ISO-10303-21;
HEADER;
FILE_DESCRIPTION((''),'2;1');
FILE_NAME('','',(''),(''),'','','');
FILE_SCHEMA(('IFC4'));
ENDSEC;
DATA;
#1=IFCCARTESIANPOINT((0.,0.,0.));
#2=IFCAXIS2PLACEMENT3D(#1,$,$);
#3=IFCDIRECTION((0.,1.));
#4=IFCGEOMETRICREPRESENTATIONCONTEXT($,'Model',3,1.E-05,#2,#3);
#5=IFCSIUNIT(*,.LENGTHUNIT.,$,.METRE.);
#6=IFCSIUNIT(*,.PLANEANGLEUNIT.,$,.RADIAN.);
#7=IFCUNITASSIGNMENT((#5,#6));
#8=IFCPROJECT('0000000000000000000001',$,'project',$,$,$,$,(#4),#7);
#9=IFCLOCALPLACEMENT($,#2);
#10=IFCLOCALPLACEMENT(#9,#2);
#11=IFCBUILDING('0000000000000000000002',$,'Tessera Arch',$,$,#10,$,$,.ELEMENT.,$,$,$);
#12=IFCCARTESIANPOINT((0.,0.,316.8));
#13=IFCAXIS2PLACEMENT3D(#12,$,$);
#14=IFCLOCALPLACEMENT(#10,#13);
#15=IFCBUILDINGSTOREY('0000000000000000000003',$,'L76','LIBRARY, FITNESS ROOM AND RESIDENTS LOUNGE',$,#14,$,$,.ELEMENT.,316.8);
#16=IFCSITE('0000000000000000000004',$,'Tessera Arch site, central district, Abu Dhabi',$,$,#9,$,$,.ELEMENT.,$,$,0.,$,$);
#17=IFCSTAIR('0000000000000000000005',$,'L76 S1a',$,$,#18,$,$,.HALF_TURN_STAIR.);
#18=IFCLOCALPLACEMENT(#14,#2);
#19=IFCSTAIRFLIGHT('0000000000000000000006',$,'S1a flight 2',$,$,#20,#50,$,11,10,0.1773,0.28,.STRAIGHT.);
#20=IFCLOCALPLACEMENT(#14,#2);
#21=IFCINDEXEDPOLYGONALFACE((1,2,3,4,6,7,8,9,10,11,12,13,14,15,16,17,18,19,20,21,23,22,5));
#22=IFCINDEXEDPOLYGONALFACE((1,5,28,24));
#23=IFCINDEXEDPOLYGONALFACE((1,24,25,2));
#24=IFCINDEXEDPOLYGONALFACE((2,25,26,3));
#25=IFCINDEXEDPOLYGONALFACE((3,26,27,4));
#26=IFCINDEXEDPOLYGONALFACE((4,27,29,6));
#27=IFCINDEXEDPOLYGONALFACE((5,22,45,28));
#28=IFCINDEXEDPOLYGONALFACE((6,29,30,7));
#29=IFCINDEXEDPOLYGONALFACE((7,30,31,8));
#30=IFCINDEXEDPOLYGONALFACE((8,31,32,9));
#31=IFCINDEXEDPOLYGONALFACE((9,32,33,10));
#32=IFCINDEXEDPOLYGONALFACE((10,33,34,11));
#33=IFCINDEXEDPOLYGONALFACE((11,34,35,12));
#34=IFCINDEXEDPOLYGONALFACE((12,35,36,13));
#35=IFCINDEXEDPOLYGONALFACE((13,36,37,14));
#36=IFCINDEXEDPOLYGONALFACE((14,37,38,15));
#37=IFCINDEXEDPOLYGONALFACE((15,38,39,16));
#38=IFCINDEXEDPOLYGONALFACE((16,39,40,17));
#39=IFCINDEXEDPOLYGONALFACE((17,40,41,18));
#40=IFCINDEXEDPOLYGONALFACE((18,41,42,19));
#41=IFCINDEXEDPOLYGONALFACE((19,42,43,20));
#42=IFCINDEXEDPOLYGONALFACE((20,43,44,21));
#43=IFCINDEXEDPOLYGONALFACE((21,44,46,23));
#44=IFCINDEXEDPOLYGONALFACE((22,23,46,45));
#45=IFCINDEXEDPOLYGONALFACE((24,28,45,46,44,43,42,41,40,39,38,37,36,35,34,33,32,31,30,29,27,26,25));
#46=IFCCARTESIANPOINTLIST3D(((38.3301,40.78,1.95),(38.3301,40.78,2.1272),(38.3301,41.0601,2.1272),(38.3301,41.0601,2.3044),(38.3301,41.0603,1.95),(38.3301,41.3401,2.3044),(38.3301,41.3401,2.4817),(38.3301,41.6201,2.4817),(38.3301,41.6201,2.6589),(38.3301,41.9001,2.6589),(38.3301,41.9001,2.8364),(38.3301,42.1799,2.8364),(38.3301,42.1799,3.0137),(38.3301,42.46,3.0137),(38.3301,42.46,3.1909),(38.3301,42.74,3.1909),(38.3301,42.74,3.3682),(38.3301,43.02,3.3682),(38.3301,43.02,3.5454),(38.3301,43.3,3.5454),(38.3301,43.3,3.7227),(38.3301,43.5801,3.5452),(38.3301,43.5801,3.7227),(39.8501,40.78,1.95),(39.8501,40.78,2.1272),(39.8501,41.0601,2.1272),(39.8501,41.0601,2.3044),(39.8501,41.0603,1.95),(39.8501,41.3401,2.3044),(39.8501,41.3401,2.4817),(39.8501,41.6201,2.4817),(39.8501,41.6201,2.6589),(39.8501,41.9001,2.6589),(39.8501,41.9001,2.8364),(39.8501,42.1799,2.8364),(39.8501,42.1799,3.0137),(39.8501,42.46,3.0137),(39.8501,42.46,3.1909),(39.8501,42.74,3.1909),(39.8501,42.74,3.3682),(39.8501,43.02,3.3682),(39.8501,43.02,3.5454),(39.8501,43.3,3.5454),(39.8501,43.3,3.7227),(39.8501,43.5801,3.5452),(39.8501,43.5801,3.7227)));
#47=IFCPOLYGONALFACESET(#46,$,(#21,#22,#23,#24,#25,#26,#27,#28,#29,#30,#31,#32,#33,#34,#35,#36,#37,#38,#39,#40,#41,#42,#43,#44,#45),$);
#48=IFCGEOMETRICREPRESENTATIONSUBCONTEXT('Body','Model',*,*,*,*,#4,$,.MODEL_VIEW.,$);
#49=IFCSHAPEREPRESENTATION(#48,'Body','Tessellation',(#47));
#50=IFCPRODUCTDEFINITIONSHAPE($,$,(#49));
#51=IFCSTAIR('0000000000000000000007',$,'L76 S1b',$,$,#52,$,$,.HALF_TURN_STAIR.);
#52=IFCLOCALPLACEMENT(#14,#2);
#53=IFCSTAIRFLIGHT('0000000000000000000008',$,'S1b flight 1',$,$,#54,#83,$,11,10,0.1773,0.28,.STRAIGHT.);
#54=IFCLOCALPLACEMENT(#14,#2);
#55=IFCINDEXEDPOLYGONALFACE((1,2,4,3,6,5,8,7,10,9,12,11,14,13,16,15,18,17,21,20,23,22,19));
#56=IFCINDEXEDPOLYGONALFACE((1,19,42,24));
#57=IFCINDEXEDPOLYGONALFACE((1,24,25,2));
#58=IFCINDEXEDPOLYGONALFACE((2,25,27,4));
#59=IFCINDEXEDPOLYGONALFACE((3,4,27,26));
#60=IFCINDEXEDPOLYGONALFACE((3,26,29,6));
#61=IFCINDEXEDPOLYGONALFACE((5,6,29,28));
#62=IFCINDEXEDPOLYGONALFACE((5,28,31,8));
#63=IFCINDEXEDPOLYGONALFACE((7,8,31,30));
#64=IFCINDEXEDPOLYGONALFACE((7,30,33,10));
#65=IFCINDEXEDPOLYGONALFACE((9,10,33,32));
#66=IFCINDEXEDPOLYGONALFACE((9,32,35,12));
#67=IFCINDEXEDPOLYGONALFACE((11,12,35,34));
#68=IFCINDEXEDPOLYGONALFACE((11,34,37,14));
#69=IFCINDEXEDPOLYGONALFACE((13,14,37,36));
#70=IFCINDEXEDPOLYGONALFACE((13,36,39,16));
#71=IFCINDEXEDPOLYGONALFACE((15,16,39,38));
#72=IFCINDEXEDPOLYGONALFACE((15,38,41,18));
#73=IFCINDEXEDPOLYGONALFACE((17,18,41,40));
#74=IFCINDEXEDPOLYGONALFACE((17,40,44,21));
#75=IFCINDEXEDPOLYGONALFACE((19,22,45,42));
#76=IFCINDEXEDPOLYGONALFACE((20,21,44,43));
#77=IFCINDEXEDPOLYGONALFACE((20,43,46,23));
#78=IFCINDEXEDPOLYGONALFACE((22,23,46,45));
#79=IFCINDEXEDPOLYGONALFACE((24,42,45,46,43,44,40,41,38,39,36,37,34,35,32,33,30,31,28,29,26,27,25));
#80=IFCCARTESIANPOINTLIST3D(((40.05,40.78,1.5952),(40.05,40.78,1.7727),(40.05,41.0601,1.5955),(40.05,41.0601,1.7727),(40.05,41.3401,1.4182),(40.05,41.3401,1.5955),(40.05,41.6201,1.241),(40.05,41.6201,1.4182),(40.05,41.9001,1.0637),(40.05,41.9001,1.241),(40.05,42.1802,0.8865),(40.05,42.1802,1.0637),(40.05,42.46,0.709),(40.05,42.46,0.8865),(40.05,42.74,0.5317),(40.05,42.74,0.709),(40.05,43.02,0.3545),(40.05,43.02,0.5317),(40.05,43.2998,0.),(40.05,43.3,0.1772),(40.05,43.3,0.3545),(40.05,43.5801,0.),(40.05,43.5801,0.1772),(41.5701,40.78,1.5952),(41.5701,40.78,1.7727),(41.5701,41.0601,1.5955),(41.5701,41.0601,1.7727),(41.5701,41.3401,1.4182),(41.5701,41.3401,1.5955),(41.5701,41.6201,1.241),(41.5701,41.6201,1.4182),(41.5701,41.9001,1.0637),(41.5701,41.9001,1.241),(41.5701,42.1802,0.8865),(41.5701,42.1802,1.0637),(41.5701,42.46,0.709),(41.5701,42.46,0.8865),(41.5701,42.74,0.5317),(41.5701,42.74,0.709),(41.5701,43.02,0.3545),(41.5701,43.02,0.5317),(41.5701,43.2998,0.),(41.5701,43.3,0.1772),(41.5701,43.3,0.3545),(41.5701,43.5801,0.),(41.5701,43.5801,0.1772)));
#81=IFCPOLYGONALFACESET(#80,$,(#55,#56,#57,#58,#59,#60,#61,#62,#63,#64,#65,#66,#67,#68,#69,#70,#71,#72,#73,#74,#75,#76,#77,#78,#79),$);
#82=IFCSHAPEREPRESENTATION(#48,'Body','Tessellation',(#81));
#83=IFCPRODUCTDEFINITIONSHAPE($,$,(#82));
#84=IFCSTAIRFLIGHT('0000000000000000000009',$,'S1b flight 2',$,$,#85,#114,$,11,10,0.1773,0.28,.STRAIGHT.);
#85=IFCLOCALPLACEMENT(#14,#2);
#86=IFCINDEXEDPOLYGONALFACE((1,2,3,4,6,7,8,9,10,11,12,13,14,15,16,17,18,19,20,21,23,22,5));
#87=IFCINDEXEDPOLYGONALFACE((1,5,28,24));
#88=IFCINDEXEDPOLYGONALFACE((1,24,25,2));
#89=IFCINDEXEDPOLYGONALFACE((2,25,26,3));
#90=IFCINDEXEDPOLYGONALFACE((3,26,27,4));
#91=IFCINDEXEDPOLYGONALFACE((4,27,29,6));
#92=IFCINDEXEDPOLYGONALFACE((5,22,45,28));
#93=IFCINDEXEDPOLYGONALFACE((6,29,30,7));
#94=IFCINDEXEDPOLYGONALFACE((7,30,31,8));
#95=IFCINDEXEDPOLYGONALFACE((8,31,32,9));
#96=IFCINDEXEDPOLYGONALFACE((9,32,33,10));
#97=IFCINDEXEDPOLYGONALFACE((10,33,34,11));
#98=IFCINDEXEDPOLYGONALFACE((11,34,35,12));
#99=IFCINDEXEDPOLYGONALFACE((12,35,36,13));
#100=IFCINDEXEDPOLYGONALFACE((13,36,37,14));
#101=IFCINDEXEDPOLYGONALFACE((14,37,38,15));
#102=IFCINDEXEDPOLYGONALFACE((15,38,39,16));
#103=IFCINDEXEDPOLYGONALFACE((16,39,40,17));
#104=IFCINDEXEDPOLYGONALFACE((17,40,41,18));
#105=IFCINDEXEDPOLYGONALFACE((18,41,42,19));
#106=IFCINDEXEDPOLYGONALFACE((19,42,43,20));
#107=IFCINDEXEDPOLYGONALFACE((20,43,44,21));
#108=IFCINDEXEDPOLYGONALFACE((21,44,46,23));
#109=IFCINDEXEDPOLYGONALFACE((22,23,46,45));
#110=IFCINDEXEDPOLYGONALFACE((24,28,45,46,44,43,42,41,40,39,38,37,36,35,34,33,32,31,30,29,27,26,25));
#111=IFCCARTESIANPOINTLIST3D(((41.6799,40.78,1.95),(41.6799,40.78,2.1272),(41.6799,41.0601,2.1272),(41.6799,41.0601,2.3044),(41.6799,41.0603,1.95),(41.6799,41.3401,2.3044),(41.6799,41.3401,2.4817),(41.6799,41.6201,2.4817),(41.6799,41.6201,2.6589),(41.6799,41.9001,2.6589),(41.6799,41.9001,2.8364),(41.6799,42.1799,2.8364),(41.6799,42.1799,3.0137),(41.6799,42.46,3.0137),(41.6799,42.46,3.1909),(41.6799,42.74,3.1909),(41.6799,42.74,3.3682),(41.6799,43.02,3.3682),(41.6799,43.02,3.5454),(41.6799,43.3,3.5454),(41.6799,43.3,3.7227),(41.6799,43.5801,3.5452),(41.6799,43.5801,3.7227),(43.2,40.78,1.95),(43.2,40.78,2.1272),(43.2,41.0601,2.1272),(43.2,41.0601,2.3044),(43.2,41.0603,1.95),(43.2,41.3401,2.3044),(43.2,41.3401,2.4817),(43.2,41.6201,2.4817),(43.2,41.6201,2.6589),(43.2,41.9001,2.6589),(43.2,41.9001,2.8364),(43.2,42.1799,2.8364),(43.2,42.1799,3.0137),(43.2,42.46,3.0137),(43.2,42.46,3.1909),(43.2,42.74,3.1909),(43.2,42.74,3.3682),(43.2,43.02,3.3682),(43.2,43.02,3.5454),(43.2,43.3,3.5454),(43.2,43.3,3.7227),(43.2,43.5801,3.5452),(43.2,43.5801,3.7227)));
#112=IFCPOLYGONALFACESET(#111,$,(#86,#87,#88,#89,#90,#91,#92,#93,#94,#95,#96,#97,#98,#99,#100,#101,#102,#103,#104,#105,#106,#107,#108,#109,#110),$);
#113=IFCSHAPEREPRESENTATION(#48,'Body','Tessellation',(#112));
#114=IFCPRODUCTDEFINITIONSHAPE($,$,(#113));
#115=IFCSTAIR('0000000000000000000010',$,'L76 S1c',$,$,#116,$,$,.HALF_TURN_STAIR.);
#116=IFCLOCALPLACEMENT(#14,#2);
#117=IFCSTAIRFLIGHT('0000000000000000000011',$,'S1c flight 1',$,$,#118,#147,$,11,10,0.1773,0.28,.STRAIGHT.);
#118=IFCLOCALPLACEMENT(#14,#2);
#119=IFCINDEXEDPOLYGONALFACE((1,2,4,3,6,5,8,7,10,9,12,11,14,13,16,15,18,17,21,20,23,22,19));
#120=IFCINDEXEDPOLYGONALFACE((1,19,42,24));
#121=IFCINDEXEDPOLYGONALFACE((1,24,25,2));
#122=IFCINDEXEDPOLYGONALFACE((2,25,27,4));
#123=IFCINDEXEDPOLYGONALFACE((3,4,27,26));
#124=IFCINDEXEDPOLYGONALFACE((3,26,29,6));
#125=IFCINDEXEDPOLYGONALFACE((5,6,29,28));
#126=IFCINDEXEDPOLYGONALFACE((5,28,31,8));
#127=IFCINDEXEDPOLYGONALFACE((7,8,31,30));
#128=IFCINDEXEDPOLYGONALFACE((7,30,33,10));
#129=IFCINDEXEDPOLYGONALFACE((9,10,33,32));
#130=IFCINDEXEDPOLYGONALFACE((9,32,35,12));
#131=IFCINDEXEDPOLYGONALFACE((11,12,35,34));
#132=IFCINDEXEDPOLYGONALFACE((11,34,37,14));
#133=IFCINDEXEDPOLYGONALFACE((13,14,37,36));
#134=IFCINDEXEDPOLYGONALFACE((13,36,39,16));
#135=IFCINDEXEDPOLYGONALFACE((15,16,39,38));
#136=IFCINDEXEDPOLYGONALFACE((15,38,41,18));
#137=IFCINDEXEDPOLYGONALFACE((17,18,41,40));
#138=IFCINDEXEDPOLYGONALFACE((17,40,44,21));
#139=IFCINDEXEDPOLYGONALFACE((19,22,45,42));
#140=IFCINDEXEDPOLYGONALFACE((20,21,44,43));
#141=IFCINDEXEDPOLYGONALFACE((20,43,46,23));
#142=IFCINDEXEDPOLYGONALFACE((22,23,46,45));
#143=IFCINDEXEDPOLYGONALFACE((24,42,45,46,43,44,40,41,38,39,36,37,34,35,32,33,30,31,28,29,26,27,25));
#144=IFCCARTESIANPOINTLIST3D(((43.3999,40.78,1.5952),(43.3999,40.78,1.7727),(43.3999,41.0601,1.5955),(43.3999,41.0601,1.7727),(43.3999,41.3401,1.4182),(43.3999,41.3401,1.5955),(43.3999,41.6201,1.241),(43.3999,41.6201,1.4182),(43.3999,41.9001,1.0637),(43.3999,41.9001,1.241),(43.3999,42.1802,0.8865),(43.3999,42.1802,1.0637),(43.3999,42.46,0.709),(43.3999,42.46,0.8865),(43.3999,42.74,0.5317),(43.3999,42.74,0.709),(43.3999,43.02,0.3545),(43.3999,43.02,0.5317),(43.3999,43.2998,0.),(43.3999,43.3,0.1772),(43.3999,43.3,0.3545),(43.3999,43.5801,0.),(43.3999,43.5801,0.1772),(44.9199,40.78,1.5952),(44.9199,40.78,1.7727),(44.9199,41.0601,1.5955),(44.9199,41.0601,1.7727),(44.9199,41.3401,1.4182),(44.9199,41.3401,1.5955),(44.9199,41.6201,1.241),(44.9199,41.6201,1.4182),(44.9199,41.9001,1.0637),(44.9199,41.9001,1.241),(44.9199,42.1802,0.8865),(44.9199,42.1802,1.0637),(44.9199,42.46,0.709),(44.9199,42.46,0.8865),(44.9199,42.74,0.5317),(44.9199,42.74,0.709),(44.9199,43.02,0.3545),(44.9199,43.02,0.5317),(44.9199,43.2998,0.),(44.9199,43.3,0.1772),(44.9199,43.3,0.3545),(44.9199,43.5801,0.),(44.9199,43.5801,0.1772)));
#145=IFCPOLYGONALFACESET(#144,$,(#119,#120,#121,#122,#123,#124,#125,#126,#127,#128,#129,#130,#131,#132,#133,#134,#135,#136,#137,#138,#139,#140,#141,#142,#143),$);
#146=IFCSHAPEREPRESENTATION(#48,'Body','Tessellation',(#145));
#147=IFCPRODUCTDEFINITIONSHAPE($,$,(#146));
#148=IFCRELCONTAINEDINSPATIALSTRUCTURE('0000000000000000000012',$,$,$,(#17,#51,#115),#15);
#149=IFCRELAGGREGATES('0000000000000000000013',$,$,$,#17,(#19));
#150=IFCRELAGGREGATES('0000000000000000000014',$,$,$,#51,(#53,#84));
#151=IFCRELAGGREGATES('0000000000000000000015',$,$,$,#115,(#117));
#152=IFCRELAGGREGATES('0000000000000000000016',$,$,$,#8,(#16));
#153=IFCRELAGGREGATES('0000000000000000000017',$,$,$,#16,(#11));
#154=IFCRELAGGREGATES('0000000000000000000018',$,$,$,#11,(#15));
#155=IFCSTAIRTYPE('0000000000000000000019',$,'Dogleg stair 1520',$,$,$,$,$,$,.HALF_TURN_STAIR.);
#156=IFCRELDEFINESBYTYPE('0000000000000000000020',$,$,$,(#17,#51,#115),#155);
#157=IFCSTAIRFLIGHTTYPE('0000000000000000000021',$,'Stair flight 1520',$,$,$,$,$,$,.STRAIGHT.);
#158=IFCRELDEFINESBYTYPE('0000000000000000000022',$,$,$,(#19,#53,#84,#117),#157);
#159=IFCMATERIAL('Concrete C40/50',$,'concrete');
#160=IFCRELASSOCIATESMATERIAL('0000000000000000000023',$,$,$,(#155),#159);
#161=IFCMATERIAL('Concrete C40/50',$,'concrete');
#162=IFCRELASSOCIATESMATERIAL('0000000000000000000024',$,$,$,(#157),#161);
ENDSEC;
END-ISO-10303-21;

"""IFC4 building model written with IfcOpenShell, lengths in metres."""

from ifc_helpers import new_model, si_unit, direction, frame, origin, place, context, subcontext, project, spatial, polyline, outline, extrude, material, type_object, element, aggregate, save


model = new_model("IFC4")

# Units and contexts
model_context = context("Model", 3, precision=1e-05, world=origin(), true_north=direction((0.0, 1.0)))
body_context = subcontext(model_context, "Body", "Model", "MODEL_VIEW")
ifc_project = project(units=[si_unit("LENGTHUNIT", "METRE"), si_unit("PLANEANGLEUNIT", "RADIAN")], contexts=[model_context])

# Site, building, storey
site_placement = place(None, origin())
site = spatial("IfcSite", under=ifc_project, at=site_placement, Name="Tessera Arch site, central district, Abu Dhabi", CompositionType="ELEMENT", RefElevation=0.0)
building_placement = place(site_placement, origin())
building = spatial("IfcBuilding", under=site, at=building_placement, Name="Tessera Arch", CompositionType="ELEMENT")
storey_placement = place(building_placement, frame((0.0, 0.0, 316.8)))
storey = spatial("IfcBuildingStorey", under=building, at=storey_placement, Name="L76", Description="LIBRARY, FITNESS ROOM AND RESIDENTS LOUNGE", CompositionType="ELEMENT", Elevation=316.8)

# Stairs, stair flights
ifc_material_1 = material(Name="Concrete C40/50", Category="concrete")
stair_type = type_object("IfcStairType", Name="Dogleg stair 1520", PredefinedType="HALF_TURN_STAIR", material=ifc_material_1)
stair_1_placement = place(storey_placement, origin())
stair_1 = element("IfcStair", 1, at=stair_1_placement, inside=storey, type_object=stair_type, Name="L76 S1a", PredefinedType="HALF_TURN_STAIR")
ifc_material_2 = material(Name="Concrete C40/50", Category="concrete")
stair_flight_type = type_object("IfcStairFlightType", Name="Stair flight 1520", PredefinedType="STRAIGHT", material=ifc_material_2)
stair_flight_1_placement = place(storey_placement, frame((39.0901, 40.78, 1.95), z_axis=(0.0, 0.0, 1.0), x_axis=(0.0, 1.0, 0.0)))
stair_flight_1 = element("IfcStairFlight", 2, at=stair_flight_1_placement, type_object=stair_flight_type, Name="S1a flight 2", NumberOfRisers=11, NumberOfTreads=10, PredefinedType="STRAIGHT", RiserHeight=0.1773, TreadLength=0.28, context=body_context, shape_type="SweptSolid", body=[
    extrude(outline(polyline([(0.0, 0.0), (0.0, 0.1772), (0.28, 0.1772), (0.28, 0.3545), (0.5601, 0.3545), (0.5601, 0.5317), (0.8401, 0.5317), (0.8401, 0.709), (1.1201, 0.709), (1.1201, 0.8865), (1.3999, 0.8865), (1.3999, 1.0637), (1.6799, 1.0637), (1.6799, 1.241), (1.96, 1.241), (1.96, 1.4182), (2.24, 1.4182), (2.24, 1.5955), (2.52, 1.5955), (2.52, 1.7727), (2.8, 1.7727), (2.8, 1.95), (2.8, 1.5952), (0.2803, 0.0), (0.0, 0.0)])), frame((0.0, 0.76, 0.0), z_axis=(0.0, -1.0, 0.0), x_axis=(1.0, 0.0, 0.0)), (0.0, 0.0, 1.0), 1.52),
])
aggregate(stair_1, [stair_flight_1])
stair_2_placement = place(storey_placement, origin())
stair_2 = element("IfcStair", 3, at=stair_2_placement, inside=storey, type_object=stair_type, Name="L76 S1b", PredefinedType="HALF_TURN_STAIR")
stair_flight_2_placement = place(storey_placement, frame((40.8101, 43.5801, 0.0), z_axis=(0.0, 0.0, 1.0), x_axis=(0.0, -1.0, 0.0)))
stair_flight_2 = element("IfcStairFlight", 4, at=stair_flight_2_placement, type_object=stair_flight_type, Name="S1b flight 1", NumberOfRisers=11, NumberOfTreads=10, PredefinedType="STRAIGHT", RiserHeight=0.1773, TreadLength=0.28, context=body_context, shape_type="SweptSolid", body=[
    extrude(outline(polyline([(0.0, 0.0), (0.0, 0.1772), (0.28, 0.1772), (0.28, 0.3545), (0.5601, 0.3545), (0.5601, 0.5317), (0.8401, 0.5317), (0.8401, 0.709), (1.1201, 0.709), (1.1201, 0.8865), (1.3999, 0.8865), (1.3999, 1.0637), (1.6799, 1.0637), (1.6799, 1.241), (1.96, 1.241), (1.96, 1.4182), (2.24, 1.4182), (2.24, 1.5955), (2.52, 1.5955), (2.52, 1.7727), (2.8, 1.7727), (2.8, 1.95), (2.8, 1.5952), (0.2803, 0.0), (0.0, 0.0)])), frame((0.0, 0.76, 0.0), z_axis=(0.0, -1.0, 0.0), x_axis=(1.0, 0.0, 0.0)), (0.0, 0.0, 1.0), 1.52),
])
stair_flight_3_placement = place(storey_placement, frame((42.4399, 40.78, 1.95), z_axis=(0.0, 0.0, 1.0), x_axis=(0.0, 1.0, 0.0)))
stair_flight_3 = element("IfcStairFlight", 5, at=stair_flight_3_placement, type_object=stair_flight_type, Name="S1b flight 2", NumberOfRisers=11, NumberOfTreads=10, PredefinedType="STRAIGHT", RiserHeight=0.1773, TreadLength=0.28, context=body_context, shape_type="SweptSolid", body=[
    extrude(outline(polyline([(0.0, 0.0), (0.0, 0.1772), (0.28, 0.1772), (0.28, 0.3545), (0.5601, 0.3545), (0.5601, 0.5317), (0.8401, 0.5317), (0.8401, 0.709), (1.1201, 0.709), (1.1201, 0.8865), (1.3999, 0.8865), (1.3999, 1.0637), (1.6799, 1.0637), (1.6799, 1.241), (1.96, 1.241), (1.96, 1.4182), (2.24, 1.4182), (2.24, 1.5955), (2.52, 1.5955), (2.52, 1.7727), (2.8, 1.7727), (2.8, 1.95), (2.8, 1.5952), (0.2803, 0.0), (0.0, 0.0)])), frame((0.0, 0.76, 0.0), z_axis=(0.0, -1.0, 0.0), x_axis=(1.0, 0.0, 0.0)), (0.0, 0.0, 1.0), 1.52),
])
aggregate(stair_2, [stair_flight_2, stair_flight_3])

# Stair, stair flight
stair_3_placement = place(storey_placement, origin())
stair_3 = element("IfcStair", 6, at=stair_3_placement, inside=storey, type_object=stair_type, Name="L76 S1c", PredefinedType="HALF_TURN_STAIR")
stair_flight_4_placement = place(storey_placement, frame((44.1599, 43.5801, 0.0), z_axis=(0.0, 0.0, 1.0), x_axis=(0.0, -1.0, 0.0)))
stair_flight_4 = element("IfcStairFlight", 7, at=stair_flight_4_placement, type_object=stair_flight_type, Name="S1c flight 1", NumberOfRisers=11, NumberOfTreads=10, PredefinedType="STRAIGHT", RiserHeight=0.1773, TreadLength=0.28, context=body_context, shape_type="SweptSolid", body=[
    extrude(outline(polyline([(0.0, 0.0), (0.0, 0.1772), (0.28, 0.1772), (0.28, 0.3545), (0.5601, 0.3545), (0.5601, 0.5317), (0.8401, 0.5317), (0.8401, 0.709), (1.1201, 0.709), (1.1201, 0.8865), (1.3999, 0.8865), (1.3999, 1.0637), (1.6799, 1.0637), (1.6799, 1.241), (1.96, 1.241), (1.96, 1.4182), (2.24, 1.4182), (2.24, 1.5955), (2.52, 1.5955), (2.52, 1.7727), (2.8, 1.7727), (2.8, 1.95), (2.8, 1.5952), (0.2803, 0.0), (0.0, 0.0)])), frame((0.0, 0.76, 0.0), z_axis=(0.0, -1.0, 0.0), x_axis=(1.0, 0.0, 0.0)), (0.0, 0.0, 1.0), 1.52),
])
aggregate(stair_3, [stair_flight_4])

save(model, "model.ifc")
